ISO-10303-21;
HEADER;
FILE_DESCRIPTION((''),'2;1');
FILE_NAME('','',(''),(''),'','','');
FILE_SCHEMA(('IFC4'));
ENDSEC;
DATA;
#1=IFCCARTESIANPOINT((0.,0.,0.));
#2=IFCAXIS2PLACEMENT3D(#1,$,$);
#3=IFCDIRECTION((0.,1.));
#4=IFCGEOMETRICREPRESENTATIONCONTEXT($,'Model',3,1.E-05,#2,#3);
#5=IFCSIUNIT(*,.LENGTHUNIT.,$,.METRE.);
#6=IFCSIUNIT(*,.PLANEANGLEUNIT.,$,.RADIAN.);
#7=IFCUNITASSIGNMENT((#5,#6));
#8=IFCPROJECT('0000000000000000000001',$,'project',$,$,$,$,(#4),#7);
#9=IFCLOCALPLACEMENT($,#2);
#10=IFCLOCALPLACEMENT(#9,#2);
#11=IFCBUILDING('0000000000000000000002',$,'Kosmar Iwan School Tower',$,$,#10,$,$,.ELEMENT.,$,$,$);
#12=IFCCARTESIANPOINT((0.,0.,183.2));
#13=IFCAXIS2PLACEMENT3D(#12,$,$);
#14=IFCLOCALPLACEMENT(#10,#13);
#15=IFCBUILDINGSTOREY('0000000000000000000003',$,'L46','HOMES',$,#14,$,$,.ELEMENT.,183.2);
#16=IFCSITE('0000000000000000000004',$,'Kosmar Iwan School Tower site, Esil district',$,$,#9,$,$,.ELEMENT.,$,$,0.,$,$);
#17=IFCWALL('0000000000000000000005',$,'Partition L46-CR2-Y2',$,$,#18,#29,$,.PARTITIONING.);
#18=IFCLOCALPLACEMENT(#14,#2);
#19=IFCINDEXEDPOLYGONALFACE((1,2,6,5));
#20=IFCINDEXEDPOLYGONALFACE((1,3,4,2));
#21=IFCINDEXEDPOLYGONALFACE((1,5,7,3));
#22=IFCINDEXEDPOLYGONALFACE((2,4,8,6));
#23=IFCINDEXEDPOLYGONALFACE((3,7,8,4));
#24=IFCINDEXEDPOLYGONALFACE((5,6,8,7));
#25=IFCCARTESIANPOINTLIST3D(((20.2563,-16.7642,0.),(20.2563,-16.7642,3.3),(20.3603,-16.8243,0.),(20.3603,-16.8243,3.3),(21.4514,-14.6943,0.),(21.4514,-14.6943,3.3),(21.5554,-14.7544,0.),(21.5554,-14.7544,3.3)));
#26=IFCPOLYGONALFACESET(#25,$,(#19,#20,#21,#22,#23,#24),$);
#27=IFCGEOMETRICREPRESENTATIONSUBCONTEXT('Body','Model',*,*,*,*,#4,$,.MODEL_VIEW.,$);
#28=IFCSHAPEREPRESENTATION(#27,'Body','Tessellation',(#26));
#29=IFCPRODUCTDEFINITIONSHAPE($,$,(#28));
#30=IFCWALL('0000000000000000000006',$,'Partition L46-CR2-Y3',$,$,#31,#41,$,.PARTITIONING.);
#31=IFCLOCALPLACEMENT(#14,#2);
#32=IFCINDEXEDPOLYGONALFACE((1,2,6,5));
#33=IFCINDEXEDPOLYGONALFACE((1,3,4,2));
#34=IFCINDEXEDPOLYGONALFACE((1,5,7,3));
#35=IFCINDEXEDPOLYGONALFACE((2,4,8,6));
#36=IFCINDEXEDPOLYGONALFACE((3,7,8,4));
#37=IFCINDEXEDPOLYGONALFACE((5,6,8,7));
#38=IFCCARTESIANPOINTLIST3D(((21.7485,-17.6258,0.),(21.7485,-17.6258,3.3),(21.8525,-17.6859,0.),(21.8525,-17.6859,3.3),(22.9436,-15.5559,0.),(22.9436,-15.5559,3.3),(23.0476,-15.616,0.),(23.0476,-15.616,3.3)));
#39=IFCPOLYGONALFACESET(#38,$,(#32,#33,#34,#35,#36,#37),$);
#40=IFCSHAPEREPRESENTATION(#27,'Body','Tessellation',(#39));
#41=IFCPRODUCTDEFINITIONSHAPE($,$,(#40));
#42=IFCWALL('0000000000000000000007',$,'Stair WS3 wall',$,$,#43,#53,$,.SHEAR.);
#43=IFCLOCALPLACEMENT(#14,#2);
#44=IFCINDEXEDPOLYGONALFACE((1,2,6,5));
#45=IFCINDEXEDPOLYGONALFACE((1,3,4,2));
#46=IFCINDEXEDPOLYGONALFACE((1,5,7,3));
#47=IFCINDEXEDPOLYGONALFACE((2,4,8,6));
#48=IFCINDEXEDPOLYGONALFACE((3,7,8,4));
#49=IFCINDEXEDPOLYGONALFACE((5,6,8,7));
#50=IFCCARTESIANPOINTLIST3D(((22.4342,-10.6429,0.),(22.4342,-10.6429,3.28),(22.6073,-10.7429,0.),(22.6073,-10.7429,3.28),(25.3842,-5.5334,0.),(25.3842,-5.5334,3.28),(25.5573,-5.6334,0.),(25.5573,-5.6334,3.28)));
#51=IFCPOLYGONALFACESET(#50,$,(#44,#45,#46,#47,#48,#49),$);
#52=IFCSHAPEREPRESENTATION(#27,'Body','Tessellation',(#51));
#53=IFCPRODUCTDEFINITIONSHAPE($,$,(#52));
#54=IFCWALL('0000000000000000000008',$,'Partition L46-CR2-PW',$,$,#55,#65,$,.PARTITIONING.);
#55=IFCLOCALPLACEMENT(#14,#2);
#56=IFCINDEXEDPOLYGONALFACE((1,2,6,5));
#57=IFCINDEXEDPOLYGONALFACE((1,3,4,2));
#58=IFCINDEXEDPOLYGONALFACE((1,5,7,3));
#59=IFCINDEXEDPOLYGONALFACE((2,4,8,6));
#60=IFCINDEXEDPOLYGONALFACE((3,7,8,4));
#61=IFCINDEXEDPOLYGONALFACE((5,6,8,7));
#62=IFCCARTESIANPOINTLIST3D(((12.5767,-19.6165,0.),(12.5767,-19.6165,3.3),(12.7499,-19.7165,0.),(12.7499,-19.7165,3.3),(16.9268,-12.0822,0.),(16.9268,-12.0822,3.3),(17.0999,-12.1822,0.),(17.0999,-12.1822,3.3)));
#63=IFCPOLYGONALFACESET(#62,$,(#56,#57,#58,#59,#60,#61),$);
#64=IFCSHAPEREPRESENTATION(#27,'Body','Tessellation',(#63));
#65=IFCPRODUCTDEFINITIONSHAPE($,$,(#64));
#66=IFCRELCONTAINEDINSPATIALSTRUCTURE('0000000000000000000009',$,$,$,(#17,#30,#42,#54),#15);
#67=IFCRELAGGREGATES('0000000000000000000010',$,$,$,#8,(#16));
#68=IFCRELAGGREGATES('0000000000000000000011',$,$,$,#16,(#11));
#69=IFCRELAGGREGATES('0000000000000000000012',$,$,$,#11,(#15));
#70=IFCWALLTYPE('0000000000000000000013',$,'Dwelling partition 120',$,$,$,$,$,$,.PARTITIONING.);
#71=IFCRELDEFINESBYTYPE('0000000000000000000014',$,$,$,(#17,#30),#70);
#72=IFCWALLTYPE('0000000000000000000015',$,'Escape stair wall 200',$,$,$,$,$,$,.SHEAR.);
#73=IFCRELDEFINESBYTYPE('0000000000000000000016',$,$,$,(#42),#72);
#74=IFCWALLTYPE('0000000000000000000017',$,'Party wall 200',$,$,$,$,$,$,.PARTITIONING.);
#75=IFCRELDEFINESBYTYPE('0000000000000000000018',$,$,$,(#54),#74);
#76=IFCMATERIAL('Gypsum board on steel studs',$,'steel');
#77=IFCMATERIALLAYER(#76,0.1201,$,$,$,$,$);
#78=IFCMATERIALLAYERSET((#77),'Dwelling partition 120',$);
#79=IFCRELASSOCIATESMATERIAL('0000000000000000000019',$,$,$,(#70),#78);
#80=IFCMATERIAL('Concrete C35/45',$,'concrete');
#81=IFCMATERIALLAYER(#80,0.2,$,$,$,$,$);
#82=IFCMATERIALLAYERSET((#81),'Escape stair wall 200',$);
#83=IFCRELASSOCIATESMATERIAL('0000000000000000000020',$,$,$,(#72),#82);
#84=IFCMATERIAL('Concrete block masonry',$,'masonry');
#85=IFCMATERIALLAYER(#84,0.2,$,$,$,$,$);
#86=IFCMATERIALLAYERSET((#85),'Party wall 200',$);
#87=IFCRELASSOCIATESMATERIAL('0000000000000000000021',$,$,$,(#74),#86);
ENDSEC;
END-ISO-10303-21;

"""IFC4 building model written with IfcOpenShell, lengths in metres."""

from ifc_helpers import new_model, si_unit, direction, frame, frame_2d, origin, place, context, subcontext, project, spatial, rectangle, extrude, material, layer, layer_set, type_object, element, save


model = new_model("IFC4")

# Units and contexts
model_context = context("Model", 3, precision=1e-05, world=origin(), true_north=direction((0.0, 1.0)))
body_context = subcontext(model_context, "Body", "Model", "MODEL_VIEW")
ifc_project = project(units=[si_unit("LENGTHUNIT", "METRE"), si_unit("PLANEANGLEUNIT", "RADIAN")], contexts=[model_context])

# Site, building, storey
site_placement = place(None, origin())
site = spatial("IfcSite", under=ifc_project, at=site_placement, Name="Kosmar Iwan School Tower site, Esil district", CompositionType="ELEMENT", RefElevation=0.0)
building_placement = place(site_placement, origin())
building = spatial("IfcBuilding", under=site, at=building_placement, Name="Kosmar Iwan School Tower", CompositionType="ELEMENT")
storey_placement = place(building_placement, frame((0.0, 0.0, 183.2)))
storey = spatial("IfcBuildingStorey", under=building, at=storey_placement, Name="L46", Description="HOMES", CompositionType="ELEMENT", Elevation=183.2)

# Shared definitions
ifc_material_1 = material(Name="Gypsum board on steel studs", Category="steel")
ifc_layer_1 = layer(ifc_material_1, 0.1201)
ifc_layer_set_1 = layer_set([ifc_layer_1], Name="Dwelling partition 120")
wall_type_1 = type_object("IfcWallType", Name="Dwelling partition 120", PredefinedType="PARTITIONING", material=ifc_layer_set_1)

# Walls
for number, where, z_axis, x_axis, name in (
    (1, (21.5034, -14.7244, 0.0), (0.0, 0.0, 1.0), (-0.500017, -0.866015, 0.0), "Partition L46-CR2-Y2"),
    (2, (22.9956, -15.5859, 0.0), (0.0, 0.0, 1.0), (-0.500017, -0.866015, 0.0), "Partition L46-CR2-Y3"),
):
    element("IfcWall", number, at=place(storey_placement, frame(where, z_axis=z_axis, x_axis=x_axis)), inside=storey, type_object=wall_type_1, Name=name, PredefinedType="PARTITIONING", context=body_context, shape_type="SweptSolid", body=[
        extrude(rectangle(XDim=2.3901, YDim=0.1201, at=frame_2d((1.1951, 0.0))), origin(), (0.0, 0.0, 1.0), 3.3),
    ])
ifc_material_2 = material(Name="Concrete C35/45", Category="concrete")
ifc_layer_2 = layer(ifc_material_2, 0.2)
ifc_layer_set_2 = layer_set([ifc_layer_2], Name="Escape stair wall 200")
wall_type_2 = type_object("IfcWallType", Name="Escape stair wall 200", PredefinedType="SHEAR", material=ifc_layer_set_2)
wall_1_placement = place(storey_placement, frame((22.5208, -10.6929, 0.0), z_axis=(0.0, 0.0, 1.0), x_axis=(0.500007, 0.866022, 0.0)))
element("IfcWall", 3, at=wall_1_placement, inside=storey, type_object=wall_type_2, Name="Stair WS3 wall", PredefinedType="SHEAR", context=body_context, shape_type="SweptSolid", body=[
    extrude(rectangle(XDim=5.8999, YDim=0.2, at=frame_2d((2.95, 0.0))), origin(), (0.0, 0.0, 1.0), 3.28),
])
ifc_material_3 = material(Name="Concrete block masonry", Category="masonry")
ifc_layer_3 = layer(ifc_material_3, 0.2)
ifc_layer_set_3 = layer_set([ifc_layer_3], Name="Party wall 200")
wall_type_3 = type_object("IfcWallType", Name="Party wall 200", PredefinedType="PARTITIONING", material=ifc_layer_set_3)
wall_2_placement = place(storey_placement, frame((17.0134, -12.1321, 0.0), z_axis=(0.0, 0.0, 1.0), x_axis=(-0.500008, -0.866021, 0.0)))
element("IfcWall", 4, at=wall_2_placement, inside=storey, type_object=wall_type_3, Name="Partition L46-CR2-PW", PredefinedType="PARTITIONING", context=body_context, shape_type="SweptSolid", body=[
    extrude(rectangle(XDim=8.7, YDim=0.2, at=frame_2d((4.3501, 0.0))), origin(), (0.0, 0.0, 1.0), 3.3),
])

save(model, "model.ifc")
